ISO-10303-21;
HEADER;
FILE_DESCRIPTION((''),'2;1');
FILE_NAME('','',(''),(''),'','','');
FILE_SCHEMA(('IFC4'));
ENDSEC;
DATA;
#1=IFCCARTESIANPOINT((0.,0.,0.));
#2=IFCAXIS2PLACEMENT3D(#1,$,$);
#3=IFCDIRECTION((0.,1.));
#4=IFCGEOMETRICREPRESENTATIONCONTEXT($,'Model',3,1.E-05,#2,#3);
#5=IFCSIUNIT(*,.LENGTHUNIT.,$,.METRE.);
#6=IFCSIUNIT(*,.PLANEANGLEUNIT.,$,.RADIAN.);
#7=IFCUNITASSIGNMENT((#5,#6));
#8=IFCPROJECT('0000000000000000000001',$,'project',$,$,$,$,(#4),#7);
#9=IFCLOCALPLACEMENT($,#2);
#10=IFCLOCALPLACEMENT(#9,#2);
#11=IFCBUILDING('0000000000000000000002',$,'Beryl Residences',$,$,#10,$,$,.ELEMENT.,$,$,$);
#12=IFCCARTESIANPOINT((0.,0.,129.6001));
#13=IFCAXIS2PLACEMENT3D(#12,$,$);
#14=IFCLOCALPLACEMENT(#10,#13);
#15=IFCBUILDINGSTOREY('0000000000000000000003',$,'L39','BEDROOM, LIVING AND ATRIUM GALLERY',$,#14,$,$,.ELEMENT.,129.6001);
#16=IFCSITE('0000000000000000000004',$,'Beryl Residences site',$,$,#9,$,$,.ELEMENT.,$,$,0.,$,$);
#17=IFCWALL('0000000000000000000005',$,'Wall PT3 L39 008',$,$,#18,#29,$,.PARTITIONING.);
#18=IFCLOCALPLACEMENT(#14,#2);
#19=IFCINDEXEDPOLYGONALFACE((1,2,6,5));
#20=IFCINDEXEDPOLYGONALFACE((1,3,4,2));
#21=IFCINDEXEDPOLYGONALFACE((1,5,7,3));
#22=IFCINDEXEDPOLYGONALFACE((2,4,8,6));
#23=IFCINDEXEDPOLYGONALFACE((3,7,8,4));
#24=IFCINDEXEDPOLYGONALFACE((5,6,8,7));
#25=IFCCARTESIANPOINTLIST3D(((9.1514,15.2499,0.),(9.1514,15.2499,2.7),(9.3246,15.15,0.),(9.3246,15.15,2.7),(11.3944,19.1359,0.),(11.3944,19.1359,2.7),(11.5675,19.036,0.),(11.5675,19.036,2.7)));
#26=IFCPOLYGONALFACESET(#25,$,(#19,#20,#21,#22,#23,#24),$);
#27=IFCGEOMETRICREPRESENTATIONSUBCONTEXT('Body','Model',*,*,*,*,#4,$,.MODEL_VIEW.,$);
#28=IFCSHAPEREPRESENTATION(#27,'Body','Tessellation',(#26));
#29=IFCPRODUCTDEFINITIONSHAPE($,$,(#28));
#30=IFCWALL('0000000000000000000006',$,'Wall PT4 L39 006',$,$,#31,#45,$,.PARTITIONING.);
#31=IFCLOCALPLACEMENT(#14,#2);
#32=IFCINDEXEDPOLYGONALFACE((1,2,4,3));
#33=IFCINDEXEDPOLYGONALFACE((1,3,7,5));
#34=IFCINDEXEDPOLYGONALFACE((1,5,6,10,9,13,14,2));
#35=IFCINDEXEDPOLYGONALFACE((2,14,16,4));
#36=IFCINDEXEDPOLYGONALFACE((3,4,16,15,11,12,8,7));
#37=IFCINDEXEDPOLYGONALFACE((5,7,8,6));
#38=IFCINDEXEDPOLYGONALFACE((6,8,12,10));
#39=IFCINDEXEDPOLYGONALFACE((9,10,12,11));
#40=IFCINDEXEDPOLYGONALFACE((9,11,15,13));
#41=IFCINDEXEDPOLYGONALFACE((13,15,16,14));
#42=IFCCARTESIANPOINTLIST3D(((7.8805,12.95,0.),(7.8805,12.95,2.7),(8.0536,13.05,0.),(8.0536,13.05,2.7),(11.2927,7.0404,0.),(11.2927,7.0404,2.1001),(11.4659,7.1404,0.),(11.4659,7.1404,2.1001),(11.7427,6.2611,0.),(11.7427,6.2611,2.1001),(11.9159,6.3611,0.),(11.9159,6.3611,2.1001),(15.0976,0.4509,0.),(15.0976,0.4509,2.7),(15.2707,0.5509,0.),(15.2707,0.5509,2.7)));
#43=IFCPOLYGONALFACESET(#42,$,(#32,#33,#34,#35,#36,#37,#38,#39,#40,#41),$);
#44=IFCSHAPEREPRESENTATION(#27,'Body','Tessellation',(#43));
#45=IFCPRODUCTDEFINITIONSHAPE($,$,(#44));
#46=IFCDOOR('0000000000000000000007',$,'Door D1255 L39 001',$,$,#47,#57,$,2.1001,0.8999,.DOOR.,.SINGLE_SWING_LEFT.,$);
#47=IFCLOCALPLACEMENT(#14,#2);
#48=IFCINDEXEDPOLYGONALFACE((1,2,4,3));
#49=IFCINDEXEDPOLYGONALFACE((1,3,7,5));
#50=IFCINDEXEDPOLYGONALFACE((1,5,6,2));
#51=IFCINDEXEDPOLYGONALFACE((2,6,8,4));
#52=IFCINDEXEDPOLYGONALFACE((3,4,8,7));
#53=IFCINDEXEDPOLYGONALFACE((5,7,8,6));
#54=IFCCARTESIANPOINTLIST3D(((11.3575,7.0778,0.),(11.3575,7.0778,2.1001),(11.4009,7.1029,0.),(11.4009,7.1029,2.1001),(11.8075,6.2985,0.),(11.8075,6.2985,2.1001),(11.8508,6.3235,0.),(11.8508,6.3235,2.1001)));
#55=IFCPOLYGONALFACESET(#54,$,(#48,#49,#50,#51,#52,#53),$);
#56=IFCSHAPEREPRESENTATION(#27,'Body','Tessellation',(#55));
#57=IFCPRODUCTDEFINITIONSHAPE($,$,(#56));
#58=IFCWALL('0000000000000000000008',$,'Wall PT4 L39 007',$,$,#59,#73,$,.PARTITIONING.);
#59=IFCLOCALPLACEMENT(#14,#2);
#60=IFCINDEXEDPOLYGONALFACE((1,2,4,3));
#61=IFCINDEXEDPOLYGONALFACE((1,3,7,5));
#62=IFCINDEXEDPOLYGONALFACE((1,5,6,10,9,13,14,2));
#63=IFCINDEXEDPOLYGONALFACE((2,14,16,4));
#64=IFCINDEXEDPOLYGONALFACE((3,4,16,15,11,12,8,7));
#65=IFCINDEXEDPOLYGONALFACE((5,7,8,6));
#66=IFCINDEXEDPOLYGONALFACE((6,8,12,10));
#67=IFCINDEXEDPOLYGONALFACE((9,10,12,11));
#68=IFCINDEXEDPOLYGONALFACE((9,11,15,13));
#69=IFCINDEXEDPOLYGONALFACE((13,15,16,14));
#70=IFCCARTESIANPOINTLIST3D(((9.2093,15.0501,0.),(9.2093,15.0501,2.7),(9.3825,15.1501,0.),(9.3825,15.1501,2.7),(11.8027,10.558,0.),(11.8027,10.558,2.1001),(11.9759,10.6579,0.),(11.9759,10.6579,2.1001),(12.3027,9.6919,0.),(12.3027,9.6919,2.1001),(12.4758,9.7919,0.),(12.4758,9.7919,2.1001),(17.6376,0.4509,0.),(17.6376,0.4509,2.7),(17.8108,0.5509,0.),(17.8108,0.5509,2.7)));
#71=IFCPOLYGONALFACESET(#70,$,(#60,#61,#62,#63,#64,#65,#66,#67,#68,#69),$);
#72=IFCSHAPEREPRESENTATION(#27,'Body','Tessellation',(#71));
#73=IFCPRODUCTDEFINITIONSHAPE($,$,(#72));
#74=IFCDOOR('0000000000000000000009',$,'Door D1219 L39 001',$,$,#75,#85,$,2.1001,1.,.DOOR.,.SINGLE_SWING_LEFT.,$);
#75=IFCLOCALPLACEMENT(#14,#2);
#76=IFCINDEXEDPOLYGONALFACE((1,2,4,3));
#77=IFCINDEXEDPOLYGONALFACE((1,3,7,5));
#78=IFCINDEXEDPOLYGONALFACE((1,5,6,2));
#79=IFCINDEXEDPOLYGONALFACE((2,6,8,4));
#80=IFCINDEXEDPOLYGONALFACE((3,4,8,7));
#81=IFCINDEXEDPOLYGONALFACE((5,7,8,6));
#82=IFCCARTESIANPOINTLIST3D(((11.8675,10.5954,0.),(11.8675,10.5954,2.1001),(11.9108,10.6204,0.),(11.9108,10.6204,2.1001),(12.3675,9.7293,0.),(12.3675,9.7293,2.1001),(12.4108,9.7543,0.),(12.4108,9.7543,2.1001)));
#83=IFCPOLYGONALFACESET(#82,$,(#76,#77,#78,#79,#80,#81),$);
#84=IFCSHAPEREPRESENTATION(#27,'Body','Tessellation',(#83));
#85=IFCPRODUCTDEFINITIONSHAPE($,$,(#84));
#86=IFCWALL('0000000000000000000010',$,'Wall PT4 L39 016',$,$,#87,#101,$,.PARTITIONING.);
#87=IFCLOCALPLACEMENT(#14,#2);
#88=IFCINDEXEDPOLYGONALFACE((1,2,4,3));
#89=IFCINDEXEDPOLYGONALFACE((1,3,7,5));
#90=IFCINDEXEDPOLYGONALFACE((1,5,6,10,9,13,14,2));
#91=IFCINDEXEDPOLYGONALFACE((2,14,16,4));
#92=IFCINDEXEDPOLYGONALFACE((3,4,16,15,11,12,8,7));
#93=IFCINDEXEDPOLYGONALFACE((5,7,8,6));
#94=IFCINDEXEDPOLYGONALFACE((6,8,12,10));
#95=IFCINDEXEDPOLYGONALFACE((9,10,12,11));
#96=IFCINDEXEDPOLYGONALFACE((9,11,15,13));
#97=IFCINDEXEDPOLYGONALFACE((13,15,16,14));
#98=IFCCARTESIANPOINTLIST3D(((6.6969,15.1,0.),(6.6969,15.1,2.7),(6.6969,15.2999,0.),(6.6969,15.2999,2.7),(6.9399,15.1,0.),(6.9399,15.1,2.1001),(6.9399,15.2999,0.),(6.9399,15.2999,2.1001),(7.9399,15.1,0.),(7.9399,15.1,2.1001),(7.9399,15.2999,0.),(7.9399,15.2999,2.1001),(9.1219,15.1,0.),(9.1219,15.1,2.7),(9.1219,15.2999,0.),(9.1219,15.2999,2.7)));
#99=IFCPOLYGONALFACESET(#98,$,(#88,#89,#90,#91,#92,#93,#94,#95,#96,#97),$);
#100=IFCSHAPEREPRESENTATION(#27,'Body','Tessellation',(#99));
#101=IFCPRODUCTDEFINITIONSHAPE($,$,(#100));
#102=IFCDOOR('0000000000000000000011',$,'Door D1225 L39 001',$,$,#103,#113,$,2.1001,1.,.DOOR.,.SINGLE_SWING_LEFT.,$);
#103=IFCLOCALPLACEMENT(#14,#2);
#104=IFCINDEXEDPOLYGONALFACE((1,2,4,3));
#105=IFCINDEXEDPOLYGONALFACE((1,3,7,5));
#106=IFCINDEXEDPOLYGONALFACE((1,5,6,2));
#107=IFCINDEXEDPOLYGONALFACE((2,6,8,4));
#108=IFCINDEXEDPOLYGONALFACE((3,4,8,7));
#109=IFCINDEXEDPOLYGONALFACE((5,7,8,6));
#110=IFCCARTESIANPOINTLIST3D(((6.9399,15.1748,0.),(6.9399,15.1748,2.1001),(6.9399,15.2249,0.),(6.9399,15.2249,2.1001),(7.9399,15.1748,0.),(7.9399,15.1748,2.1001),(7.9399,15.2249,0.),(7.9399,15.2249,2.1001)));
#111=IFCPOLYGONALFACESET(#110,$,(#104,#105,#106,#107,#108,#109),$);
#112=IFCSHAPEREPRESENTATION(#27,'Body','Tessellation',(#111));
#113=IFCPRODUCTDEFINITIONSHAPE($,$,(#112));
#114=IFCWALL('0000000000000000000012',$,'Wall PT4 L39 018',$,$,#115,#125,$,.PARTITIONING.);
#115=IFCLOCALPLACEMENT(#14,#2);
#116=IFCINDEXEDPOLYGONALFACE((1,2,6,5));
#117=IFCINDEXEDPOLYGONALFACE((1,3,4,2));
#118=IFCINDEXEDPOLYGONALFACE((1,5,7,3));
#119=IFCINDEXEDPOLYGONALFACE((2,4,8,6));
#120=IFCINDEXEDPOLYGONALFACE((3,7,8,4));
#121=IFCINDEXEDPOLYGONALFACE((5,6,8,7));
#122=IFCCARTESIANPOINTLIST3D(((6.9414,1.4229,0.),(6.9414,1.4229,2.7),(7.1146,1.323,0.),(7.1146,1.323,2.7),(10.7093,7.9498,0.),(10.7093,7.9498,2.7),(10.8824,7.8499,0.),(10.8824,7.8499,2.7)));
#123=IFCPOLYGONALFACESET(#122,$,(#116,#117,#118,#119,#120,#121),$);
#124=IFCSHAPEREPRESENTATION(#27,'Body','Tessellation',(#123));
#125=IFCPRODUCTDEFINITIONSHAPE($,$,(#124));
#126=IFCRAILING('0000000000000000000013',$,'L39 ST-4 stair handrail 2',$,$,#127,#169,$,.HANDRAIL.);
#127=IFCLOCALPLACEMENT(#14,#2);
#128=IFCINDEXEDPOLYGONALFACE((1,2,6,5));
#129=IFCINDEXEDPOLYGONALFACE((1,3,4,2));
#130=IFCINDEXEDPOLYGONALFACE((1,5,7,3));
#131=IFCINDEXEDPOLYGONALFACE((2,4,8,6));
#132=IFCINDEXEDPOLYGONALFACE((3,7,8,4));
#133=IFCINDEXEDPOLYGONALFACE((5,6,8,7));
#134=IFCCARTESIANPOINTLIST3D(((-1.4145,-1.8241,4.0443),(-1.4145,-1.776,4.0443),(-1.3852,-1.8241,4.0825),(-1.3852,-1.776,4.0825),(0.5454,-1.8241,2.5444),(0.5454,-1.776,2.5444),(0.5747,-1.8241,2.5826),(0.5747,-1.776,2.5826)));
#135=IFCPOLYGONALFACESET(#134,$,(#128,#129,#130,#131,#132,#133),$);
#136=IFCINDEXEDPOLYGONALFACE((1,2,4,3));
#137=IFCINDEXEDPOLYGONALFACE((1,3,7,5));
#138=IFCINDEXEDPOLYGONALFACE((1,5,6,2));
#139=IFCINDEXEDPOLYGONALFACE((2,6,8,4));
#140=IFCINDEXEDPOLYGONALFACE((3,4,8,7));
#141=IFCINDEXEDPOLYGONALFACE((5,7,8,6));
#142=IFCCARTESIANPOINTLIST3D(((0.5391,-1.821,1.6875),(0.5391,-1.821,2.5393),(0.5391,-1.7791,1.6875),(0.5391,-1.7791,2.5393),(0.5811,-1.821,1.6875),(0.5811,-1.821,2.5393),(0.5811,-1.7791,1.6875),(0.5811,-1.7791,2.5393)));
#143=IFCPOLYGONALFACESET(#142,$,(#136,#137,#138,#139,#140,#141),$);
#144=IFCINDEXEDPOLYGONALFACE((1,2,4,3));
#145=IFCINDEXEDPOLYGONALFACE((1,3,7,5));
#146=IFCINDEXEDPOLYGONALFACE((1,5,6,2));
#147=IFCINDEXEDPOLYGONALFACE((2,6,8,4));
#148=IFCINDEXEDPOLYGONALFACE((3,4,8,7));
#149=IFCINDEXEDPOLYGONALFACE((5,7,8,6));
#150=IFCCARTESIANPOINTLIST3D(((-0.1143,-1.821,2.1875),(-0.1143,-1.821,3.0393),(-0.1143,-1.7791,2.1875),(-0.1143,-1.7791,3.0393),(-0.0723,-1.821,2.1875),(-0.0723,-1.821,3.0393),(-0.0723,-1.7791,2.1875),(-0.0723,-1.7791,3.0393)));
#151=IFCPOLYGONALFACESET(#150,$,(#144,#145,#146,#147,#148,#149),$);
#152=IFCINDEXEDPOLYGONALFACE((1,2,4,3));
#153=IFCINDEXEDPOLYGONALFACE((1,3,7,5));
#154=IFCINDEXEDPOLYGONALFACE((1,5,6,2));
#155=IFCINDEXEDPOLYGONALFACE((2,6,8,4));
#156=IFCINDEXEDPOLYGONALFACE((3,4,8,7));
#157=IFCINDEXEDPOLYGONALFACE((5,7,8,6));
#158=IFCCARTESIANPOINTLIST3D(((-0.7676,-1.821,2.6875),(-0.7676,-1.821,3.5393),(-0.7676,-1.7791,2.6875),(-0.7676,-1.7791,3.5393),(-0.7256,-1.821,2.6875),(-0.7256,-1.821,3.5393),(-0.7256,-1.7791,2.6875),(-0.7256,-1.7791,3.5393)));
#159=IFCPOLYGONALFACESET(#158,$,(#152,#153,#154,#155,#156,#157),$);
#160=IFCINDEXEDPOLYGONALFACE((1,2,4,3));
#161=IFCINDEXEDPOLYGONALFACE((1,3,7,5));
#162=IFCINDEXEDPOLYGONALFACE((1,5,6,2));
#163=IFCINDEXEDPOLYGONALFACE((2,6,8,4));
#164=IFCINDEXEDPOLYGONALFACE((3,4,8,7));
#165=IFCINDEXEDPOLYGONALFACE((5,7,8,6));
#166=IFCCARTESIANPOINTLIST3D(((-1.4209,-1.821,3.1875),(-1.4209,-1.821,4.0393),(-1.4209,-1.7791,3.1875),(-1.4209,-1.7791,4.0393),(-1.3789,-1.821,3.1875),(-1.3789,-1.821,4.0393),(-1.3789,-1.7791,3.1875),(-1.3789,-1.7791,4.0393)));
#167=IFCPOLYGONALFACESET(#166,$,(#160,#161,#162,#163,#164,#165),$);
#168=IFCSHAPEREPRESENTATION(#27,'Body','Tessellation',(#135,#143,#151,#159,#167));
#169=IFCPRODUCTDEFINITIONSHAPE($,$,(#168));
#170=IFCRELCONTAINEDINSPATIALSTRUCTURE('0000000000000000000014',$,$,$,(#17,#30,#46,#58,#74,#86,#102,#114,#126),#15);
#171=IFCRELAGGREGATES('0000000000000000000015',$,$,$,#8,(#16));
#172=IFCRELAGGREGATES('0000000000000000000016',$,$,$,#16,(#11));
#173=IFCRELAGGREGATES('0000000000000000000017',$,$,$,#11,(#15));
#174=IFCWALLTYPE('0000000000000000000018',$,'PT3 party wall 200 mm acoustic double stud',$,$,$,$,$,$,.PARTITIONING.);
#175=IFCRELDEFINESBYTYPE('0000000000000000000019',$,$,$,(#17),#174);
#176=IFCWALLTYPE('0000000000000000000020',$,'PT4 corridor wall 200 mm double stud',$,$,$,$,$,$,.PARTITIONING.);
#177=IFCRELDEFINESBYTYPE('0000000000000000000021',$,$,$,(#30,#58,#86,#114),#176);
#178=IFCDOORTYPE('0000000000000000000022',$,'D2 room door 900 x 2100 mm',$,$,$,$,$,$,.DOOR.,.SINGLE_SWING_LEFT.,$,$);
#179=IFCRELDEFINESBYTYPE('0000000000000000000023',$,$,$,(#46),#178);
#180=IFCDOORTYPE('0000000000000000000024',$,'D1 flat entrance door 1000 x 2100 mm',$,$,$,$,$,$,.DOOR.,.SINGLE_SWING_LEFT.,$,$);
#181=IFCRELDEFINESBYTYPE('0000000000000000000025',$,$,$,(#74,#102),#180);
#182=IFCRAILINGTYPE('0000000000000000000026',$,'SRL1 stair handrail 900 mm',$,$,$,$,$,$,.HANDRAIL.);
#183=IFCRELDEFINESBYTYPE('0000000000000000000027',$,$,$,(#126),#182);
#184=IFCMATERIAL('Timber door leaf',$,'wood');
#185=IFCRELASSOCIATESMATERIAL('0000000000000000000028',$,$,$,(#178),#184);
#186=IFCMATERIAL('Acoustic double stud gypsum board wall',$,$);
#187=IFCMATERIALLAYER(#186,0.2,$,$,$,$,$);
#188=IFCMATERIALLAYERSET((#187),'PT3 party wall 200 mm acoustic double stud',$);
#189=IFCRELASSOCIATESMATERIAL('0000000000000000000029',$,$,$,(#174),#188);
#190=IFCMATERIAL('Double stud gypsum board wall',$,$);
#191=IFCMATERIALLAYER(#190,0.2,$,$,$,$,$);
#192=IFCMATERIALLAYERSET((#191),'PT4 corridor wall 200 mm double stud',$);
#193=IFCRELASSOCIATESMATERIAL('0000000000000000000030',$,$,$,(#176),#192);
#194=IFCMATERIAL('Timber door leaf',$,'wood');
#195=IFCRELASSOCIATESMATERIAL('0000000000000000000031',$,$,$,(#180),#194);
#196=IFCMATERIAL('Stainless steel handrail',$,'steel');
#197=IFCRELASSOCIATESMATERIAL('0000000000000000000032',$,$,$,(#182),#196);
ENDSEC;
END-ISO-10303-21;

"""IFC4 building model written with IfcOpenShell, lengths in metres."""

from ifc_helpers import new_model, si_unit, direction, frame, frame_2d, origin, origin_2d, place, context, subcontext, project, spatial, rectangle, extrude, material, layer, layer_set, type_object, element, fill, save


model = new_model("IFC4")

# Units and contexts
model_context = context("Model", 3, precision=1e-05, world=origin(), true_north=direction((0.0, 1.0)))
body_context = subcontext(model_context, "Body", "Model", "MODEL_VIEW")
ifc_project = project(units=[si_unit("LENGTHUNIT", "METRE"), si_unit("PLANEANGLEUNIT", "RADIAN")], contexts=[model_context])

# Site, building, storey
site_placement = place(None, origin())
site = spatial("IfcSite", under=ifc_project, at=site_placement, Name="Beryl Residences site", CompositionType="ELEMENT", RefElevation=0.0)
building_placement = place(site_placement, origin())
building = spatial("IfcBuilding", under=site, at=building_placement, Name="Beryl Residences", CompositionType="ELEMENT")
storey_placement = place(building_placement, frame((0.0, 0.0, 129.6001)))
storey = spatial("IfcBuildingStorey", under=building, at=storey_placement, Name="L39", Description="BEDROOM, LIVING AND ATRIUM GALLERY", CompositionType="ELEMENT", Elevation=129.6001)

# Shared definitions
ifc_material_1 = material(Name="Timber door leaf", Category="wood")
door_type_1 = type_object("IfcDoorType", Name="D2 room door 900 x 2100 mm", OperationType="SINGLE_SWING_LEFT", PredefinedType="DOOR", material=ifc_material_1)

# Wall
ifc_material_2 = material(Name="Acoustic double stud gypsum board wall")
ifc_layer_1 = layer(ifc_material_2, 0.2)
ifc_layer_set_1 = layer_set([ifc_layer_1], Name="PT3 party wall 200 mm acoustic double stud")
wall_type_1 = type_object("IfcWallType", Name="PT3 party wall 200 mm acoustic double stud", PredefinedType="PARTITIONING", material=ifc_layer_set_1)
wall_1_placement = place(storey_placement, frame((9.238, 15.2, 0.0), z_axis=(0.0, 0.0, 1.0), x_axis=(0.49989, 0.866089, 0.0)))
element("IfcWall", 1, at=wall_1_placement, inside=storey, type_object=wall_type_1, Name="Wall PT3 L39 008", PredefinedType="PARTITIONING", context=body_context, shape_type="SweptSolid", body=[
    extrude(rectangle(XDim=4.4868, YDim=0.2, at=frame_2d((2.2434, 0.0))), origin(), (0.0, 0.0, 1.0), 2.7),
])

# Walls, openings, doors
ifc_material_3 = material(Name="Double stud gypsum board wall")
ifc_layer_2 = layer(ifc_material_3, 0.2)
ifc_layer_set_2 = layer_set([ifc_layer_2], Name="PT4 corridor wall 200 mm double stud")
wall_type_2 = type_object("IfcWallType", Name="PT4 corridor wall 200 mm double stud", PredefinedType="PARTITIONING", material=ifc_layer_set_2)
wall_2_placement = place(storey_placement, frame((7.967, 13.0, 0.0), z_axis=(0.0, 0.0, 1.0), x_axis=(0.500038, -0.866004, 0.0)))
wall_2 = element("IfcWall", 2, at=wall_2_placement, inside=storey, type_object=wall_type_2, Name="Wall PT4 L39 006", PredefinedType="PARTITIONING", context=body_context, shape_type="SweptSolid", body=[
    extrude(rectangle(XDim=14.4331, YDim=0.2, at=frame_2d((7.2166, 0.0))), origin(), (0.0, 0.0, 1.0), 2.7),
])
opening_1_placement = place(wall_2_placement, frame((6.824, 0.0, 0.0)))
opening_1 = element("IfcOpeningElement", 3, at=opening_1_placement, cuts=wall_2, PredefinedType="OPENING", context=body_context, shape_type="SweptSolid", body=[
    extrude(rectangle(XDim=0.8999, YDim=2.1001, at=frame_2d((0.45, 1.05))), frame((0.0, 0.1099, 0.0), z_axis=(0.0, -1.0, 0.0), x_axis=(1.0, 0.0, 0.0)), (0.0, 0.0, 1.0), 0.22),
])
door_1_placement = place(opening_1_placement, origin())
door_1 = element("IfcDoor", 4, at=door_1_placement, inside=storey, type_object=door_type_1, Name="Door D1255 L39 001", OperationType="SINGLE_SWING_LEFT", OverallHeight=2.1001, OverallWidth=0.8999, PredefinedType="DOOR", context=body_context, shape_type="SweptSolid", body=[
    extrude(rectangle(XDim=0.8999, YDim=2.1001, at=frame_2d((0.45, 1.05))), frame((0.0, 0.0249, 0.0), z_axis=(0.0, -1.0, 0.0), x_axis=(1.0, 0.0, 0.0)), (0.0, 0.0, 1.0), 0.05),
])
fill(opening_1, door_1)
wall_3_placement = place(storey_placement, frame((9.2959, 15.1001, 0.0), z_axis=(0.0, 0.0, 1.0), x_axis=(0.499974, -0.86604, 0.0)))
wall_3 = element("IfcWall", 5, at=wall_3_placement, inside=storey, type_object=wall_type_2, Name="Wall PT4 L39 007", PredefinedType="PARTITIONING", context=body_context, shape_type="SweptSolid", body=[
    extrude(rectangle(XDim=16.8574, YDim=0.2, at=frame_2d((8.4287, 0.0))), origin(), (0.0, 0.0, 1.0), 2.7),
])
opening_2_placement = place(wall_3_placement, frame((5.187, 0.0, 0.0)))
opening_2 = element("IfcOpeningElement", 6, at=opening_2_placement, cuts=wall_3, PredefinedType="OPENING", context=body_context, shape_type="SweptSolid", body=[
    extrude(rectangle(XDim=1.0, YDim=2.1001, at=frame_2d((0.5, 1.05))), frame((0.0, 0.1099, 0.0), z_axis=(0.0, -1.0, 0.0), x_axis=(1.0, 0.0, 0.0)), (0.0, 0.0, 1.0), 0.22),
])
ifc_material_4 = material(Name="Timber door leaf", Category="wood")
door_type_2 = type_object("IfcDoorType", Name="D1 flat entrance door 1000 x 2100 mm", OperationType="SINGLE_SWING_LEFT", PredefinedType="DOOR", material=ifc_material_4)
door_2_placement = place(opening_2_placement, origin())
door_2 = element("IfcDoor", 7, at=door_2_placement, inside=storey, type_object=door_type_2, Name="Door D1219 L39 001", OperationType="SINGLE_SWING_LEFT", OverallHeight=2.1001, OverallWidth=1.0, PredefinedType="DOOR", context=body_context, shape_type="SweptSolid", body=[
    extrude(rectangle(XDim=1.0, YDim=2.1001, at=frame_2d((0.5, 1.05))), frame((0.0, 0.0249, 0.0), z_axis=(0.0, -1.0, 0.0), x_axis=(1.0, 0.0, 0.0)), (0.0, 0.0, 1.0), 0.05),
])
fill(opening_2, door_2)
wall_4_placement = place(storey_placement, frame((6.697, 15.2, 0.0), z_axis=(0.0, 0.0, 1.0), x_axis=(1.0, 0.0, 0.0)))
wall_4 = element("IfcWall", 8, at=wall_4_placement, inside=storey, type_object=wall_type_2, Name="Wall PT4 L39 016", PredefinedType="PARTITIONING", context=body_context, shape_type="SweptSolid", body=[
    extrude(rectangle(XDim=2.425, YDim=0.2, at=frame_2d((1.2124, 0.0))), origin(), (0.0, 0.0, 1.0), 2.7),
])
opening_3_placement = place(wall_4_placement, frame((0.2429, 0.0, 0.0)))
opening_3 = element("IfcOpeningElement", 9, at=opening_3_placement, cuts=wall_4, PredefinedType="OPENING", context=body_context, shape_type="SweptSolid", body=[
    extrude(rectangle(XDim=1.0, YDim=2.1001, at=frame_2d((0.5, 1.05))), frame((0.0, 0.1099, 0.0), z_axis=(0.0, -1.0, 0.0), x_axis=(1.0, 0.0, 0.0)), (0.0, 0.0, 1.0), 0.22),
])
door_3_placement = place(opening_3_placement, origin())
door_3 = element("IfcDoor", 10, at=door_3_placement, inside=storey, type_object=door_type_2, Name="Door D1225 L39 001", OperationType="SINGLE_SWING_LEFT", OverallHeight=2.1001, OverallWidth=1.0, PredefinedType="DOOR", context=body_context, shape_type="SweptSolid", body=[
    extrude(rectangle(XDim=1.0, YDim=2.1001, at=frame_2d((0.5, 1.05))), frame((0.0, 0.0249, 0.0), z_axis=(0.0, -1.0, 0.0), x_axis=(1.0, 0.0, 0.0)), (0.0, 0.0, 1.0), 0.05),
])
fill(opening_3, door_3)

# Wall
wall_5_placement = place(storey_placement, frame((7.0281, 1.373, 0.0), z_axis=(0.0, 0.0, 1.0), x_axis=(0.499954, 0.866052, 0.0)))
element("IfcWall", 11, at=wall_5_placement, inside=storey, type_object=wall_type_2, Name="Wall PT4 L39 018", PredefinedType="PARTITIONING", context=body_context, shape_type="SweptSolid", body=[
    extrude(rectangle(XDim=7.5364, YDim=0.2, at=frame_2d((3.7681, 0.0))), origin(), (0.0, 0.0, 1.0), 2.7),
])

# Railing
ifc_material_5 = material(Name="Stainless steel handrail", Category="steel")
railing_type_1 = type_object("IfcRailingType", Name="SRL1 stair handrail 900 mm", PredefinedType="HANDRAIL", material=ifc_material_5)
railing_1_placement = place(storey_placement, frame((0.5601, -1.8, 1.6875)))
element("IfcRailing", 12, at=railing_1_placement, inside=storey, type_object=railing_type_1, Name="L39 ST-4 stair handrail 2", PredefinedType="HANDRAIL", context=body_context, shape_type="SweptSolid", body=[
    extrude(rectangle(XDim=0.0481, YDim=0.0481, at=origin_2d()), frame((0.0, 0.0, 0.876), z_axis=(-0.794122, 0.0, 0.607758), x_axis=(0.0, -1.0, 0.0)), (0.0, 0.0, 1.0), 2.468),
    extrude(rectangle(XDim=0.042, YDim=0.042, at=origin_2d()), origin(), (0.0, 0.0, 1.0), 0.8518),
    extrude(rectangle(XDim=0.042, YDim=0.042, at=origin_2d()), frame((-0.6533, 0.0, 0.5)), (0.0, 0.0, 1.0), 0.8518),
    extrude(rectangle(XDim=0.042, YDim=0.042, at=origin_2d()), frame((-1.3066, 0.0, 1.0)), (0.0, 0.0, 1.0), 0.8518),
    extrude(rectangle(XDim=0.042, YDim=0.042, at=origin_2d()), frame((-1.96, 0.0, 1.5)), (0.0, 0.0, 1.0), 0.8518),
])

save(model, "model.ifc")
